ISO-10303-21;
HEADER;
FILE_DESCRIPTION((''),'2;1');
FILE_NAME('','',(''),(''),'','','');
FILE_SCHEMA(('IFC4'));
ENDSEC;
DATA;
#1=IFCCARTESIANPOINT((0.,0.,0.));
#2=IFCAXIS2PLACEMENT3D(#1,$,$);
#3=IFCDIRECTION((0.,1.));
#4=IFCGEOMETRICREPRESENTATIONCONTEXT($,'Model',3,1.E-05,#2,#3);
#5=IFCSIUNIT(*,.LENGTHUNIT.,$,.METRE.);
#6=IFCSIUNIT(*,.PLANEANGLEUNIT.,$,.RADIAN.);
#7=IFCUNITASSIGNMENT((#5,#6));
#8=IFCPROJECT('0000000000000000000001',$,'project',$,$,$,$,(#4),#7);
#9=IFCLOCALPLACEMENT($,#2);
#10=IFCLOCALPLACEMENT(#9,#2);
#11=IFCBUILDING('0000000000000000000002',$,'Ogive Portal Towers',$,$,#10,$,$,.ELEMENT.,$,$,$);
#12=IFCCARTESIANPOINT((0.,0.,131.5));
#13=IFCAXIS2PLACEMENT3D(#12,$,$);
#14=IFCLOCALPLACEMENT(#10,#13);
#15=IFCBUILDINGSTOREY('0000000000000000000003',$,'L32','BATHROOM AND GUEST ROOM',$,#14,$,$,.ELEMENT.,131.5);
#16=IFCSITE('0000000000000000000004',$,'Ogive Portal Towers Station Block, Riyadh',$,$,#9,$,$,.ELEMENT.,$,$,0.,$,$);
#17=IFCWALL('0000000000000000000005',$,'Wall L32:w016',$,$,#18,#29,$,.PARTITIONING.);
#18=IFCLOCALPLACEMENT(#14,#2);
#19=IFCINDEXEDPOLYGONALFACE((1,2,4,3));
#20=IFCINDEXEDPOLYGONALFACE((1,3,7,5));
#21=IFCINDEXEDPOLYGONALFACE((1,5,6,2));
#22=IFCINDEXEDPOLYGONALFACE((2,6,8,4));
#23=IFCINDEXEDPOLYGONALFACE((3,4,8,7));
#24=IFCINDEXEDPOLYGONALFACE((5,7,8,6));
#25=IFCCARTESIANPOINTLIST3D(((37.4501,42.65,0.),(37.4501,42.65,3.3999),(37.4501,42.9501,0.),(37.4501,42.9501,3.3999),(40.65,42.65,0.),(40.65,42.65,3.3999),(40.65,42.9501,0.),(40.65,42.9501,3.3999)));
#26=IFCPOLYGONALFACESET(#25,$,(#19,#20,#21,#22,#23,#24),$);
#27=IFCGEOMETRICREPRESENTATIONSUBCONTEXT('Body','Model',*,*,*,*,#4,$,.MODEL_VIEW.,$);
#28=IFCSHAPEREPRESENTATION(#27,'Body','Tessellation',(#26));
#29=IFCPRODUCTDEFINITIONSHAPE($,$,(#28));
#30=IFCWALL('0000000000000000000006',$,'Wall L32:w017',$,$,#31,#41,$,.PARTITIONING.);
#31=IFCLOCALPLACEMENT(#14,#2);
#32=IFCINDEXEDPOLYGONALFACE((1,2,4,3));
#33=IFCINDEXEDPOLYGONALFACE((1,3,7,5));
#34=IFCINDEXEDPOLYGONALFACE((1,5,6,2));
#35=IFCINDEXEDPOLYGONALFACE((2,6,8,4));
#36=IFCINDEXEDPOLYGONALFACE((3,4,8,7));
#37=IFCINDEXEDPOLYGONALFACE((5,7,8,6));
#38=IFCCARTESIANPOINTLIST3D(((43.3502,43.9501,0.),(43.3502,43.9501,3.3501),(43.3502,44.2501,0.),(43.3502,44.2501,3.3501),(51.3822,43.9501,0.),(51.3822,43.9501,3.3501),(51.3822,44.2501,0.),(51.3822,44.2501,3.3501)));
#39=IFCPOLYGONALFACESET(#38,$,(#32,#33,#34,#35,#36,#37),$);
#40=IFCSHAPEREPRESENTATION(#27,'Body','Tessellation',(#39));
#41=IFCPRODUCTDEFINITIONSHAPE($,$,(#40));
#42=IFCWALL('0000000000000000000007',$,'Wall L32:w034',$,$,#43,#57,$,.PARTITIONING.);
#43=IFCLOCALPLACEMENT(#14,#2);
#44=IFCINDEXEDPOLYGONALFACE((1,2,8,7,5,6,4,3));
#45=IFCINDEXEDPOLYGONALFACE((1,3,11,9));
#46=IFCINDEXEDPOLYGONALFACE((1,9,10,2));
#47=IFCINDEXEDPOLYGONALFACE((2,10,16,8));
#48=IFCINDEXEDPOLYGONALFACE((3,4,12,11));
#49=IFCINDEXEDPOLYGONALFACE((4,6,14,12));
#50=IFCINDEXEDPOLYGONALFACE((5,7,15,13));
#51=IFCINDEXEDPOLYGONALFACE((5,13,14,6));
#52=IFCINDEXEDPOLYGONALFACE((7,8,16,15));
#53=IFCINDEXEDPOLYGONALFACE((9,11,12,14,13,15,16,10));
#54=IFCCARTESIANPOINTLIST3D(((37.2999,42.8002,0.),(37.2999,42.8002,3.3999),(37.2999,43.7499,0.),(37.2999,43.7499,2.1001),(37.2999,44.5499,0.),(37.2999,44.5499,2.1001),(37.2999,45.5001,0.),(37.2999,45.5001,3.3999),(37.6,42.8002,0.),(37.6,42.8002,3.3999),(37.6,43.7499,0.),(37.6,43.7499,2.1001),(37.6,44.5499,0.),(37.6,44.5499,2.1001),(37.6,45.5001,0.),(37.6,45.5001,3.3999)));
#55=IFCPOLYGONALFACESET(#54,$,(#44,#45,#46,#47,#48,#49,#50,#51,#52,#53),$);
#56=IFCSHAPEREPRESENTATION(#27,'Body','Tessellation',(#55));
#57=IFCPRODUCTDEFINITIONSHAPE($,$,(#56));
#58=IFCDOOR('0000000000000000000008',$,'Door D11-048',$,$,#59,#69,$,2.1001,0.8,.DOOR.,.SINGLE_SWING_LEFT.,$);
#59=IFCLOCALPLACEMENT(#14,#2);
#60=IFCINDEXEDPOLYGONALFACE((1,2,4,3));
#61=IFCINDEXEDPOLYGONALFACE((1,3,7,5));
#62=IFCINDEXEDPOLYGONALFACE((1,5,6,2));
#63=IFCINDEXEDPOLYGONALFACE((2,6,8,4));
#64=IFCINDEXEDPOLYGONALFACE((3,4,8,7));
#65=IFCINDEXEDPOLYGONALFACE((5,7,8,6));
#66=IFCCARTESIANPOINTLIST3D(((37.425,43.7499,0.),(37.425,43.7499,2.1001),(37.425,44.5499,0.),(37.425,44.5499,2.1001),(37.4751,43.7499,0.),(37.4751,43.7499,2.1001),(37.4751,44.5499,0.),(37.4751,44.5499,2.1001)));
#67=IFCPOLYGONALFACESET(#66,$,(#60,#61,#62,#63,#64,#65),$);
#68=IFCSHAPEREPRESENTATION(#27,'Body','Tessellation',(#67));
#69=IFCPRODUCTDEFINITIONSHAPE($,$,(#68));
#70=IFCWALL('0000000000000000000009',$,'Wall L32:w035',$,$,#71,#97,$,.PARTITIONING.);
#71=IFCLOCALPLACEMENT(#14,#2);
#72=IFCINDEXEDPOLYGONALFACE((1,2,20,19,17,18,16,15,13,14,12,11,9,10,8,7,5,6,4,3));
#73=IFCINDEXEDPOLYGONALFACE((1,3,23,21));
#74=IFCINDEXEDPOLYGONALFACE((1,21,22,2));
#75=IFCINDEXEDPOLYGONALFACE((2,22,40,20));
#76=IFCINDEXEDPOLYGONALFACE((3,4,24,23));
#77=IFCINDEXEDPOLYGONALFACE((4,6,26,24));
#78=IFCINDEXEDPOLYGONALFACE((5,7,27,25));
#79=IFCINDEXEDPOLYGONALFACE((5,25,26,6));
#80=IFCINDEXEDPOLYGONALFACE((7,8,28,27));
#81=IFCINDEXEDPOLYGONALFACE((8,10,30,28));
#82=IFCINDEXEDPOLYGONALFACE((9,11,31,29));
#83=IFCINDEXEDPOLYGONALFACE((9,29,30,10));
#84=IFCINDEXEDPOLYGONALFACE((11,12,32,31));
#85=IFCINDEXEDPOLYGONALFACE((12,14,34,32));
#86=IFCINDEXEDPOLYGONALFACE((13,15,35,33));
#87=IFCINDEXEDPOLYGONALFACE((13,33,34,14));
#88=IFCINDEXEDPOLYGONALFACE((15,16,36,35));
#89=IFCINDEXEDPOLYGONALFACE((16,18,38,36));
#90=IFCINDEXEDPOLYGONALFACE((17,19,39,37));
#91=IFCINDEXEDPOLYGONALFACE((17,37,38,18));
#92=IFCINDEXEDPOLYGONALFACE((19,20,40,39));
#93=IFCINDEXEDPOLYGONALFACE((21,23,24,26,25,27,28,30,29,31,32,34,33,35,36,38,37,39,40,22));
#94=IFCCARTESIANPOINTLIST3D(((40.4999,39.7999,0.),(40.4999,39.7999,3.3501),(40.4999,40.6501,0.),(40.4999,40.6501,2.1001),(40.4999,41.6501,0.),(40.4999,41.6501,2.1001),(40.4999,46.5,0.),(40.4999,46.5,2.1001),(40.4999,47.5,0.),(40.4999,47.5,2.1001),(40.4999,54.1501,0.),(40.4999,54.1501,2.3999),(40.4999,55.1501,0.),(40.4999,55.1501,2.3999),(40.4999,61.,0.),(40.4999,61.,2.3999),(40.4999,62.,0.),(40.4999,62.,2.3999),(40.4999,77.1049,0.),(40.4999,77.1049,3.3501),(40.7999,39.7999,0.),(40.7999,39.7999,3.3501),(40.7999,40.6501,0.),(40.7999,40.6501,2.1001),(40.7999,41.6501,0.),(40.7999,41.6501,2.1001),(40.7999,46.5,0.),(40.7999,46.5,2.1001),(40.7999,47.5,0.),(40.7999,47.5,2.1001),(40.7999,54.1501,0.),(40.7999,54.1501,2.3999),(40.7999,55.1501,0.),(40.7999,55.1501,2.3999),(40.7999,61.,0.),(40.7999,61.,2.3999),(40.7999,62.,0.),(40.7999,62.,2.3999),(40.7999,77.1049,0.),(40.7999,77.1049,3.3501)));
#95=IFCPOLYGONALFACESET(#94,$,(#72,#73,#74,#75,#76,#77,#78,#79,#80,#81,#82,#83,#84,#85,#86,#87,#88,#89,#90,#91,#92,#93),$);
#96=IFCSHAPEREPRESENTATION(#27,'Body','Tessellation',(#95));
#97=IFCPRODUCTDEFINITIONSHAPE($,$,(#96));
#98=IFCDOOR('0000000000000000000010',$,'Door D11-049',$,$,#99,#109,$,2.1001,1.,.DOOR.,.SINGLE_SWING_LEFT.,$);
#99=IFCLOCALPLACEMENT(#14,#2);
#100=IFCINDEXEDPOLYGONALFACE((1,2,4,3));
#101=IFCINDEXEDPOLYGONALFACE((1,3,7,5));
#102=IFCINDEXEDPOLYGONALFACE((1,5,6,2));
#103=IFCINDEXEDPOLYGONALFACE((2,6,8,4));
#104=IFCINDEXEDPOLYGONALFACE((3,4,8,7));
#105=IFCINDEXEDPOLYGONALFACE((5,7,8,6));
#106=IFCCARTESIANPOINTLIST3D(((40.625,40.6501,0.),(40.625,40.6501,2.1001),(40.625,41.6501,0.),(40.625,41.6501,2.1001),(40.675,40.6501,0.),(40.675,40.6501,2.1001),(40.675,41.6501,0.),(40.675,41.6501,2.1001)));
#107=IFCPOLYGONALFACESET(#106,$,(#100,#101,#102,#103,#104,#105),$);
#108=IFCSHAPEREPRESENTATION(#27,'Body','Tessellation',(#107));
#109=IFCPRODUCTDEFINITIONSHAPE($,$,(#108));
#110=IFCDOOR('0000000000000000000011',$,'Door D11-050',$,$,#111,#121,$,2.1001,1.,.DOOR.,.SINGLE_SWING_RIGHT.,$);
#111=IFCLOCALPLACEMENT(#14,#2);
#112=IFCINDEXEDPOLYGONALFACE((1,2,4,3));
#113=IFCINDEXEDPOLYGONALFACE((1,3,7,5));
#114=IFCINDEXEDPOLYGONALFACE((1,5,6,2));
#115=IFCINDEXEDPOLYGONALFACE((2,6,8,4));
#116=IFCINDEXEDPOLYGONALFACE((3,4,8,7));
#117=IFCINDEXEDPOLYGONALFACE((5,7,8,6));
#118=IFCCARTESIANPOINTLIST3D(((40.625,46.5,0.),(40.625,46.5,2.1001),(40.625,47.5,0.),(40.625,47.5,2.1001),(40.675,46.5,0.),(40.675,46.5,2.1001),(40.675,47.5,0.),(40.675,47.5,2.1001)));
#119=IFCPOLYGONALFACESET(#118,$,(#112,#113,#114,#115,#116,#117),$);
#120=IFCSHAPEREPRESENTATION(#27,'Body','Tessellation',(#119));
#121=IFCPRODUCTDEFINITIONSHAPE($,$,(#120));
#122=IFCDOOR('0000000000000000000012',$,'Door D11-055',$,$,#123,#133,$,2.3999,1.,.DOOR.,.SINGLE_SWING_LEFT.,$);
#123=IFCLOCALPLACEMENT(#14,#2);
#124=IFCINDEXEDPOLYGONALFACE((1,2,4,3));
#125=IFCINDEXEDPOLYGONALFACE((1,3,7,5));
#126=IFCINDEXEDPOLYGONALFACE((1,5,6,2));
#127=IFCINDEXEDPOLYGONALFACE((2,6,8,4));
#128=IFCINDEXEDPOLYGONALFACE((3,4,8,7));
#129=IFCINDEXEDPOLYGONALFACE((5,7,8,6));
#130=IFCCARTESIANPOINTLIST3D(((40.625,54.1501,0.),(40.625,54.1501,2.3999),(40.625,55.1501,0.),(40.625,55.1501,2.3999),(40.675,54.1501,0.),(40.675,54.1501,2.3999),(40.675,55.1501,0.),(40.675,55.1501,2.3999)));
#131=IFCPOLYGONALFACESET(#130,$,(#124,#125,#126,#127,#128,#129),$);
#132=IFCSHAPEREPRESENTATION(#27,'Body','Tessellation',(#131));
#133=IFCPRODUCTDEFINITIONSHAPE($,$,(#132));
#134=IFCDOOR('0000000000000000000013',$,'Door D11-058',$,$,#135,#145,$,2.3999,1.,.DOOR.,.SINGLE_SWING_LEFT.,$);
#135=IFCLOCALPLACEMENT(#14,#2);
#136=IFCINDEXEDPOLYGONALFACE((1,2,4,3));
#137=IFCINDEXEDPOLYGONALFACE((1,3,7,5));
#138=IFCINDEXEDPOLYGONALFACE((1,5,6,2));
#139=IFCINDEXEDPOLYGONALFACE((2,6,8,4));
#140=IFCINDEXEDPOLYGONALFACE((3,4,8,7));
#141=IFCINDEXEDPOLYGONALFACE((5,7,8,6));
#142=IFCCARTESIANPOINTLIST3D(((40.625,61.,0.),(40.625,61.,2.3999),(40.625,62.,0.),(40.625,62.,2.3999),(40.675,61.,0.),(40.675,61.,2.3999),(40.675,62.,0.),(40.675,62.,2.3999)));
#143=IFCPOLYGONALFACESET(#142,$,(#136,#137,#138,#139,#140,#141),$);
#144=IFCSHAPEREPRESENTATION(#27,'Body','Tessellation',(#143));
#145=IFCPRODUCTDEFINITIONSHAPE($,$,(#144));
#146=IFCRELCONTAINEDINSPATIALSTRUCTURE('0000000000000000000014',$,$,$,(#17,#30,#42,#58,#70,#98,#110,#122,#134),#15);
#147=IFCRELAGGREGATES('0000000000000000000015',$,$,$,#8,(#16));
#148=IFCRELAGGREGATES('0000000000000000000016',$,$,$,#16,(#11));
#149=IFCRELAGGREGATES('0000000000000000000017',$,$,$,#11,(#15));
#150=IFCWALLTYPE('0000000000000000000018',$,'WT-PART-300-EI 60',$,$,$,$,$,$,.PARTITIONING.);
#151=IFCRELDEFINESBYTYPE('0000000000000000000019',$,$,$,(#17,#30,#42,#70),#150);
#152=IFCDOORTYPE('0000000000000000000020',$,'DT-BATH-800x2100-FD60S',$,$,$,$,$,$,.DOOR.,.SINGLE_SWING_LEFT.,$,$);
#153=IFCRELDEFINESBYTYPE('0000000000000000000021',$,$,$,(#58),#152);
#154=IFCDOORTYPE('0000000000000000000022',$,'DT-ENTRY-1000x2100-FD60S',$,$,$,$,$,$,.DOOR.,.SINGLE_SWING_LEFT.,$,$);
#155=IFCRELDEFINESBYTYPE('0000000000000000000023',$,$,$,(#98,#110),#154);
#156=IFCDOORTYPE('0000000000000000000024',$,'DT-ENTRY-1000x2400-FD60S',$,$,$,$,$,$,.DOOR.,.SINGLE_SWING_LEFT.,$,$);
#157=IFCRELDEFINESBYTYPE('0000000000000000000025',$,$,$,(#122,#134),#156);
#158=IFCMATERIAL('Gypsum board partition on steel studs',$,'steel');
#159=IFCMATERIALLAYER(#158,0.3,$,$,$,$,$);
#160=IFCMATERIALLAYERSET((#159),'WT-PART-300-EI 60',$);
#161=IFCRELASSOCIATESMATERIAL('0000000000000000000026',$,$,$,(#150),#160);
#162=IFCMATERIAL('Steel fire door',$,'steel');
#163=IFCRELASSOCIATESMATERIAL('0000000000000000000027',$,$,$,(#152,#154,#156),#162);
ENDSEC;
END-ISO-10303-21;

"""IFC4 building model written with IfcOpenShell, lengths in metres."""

from ifc_helpers import new_model, si_unit, direction, frame, frame_2d, origin, place, context, subcontext, project, spatial, rectangle, extrude, material, layer, layer_set, type_object, element, fill, save


model = new_model("IFC4")

# Units and contexts
model_context = context("Model", 3, precision=1e-05, world=origin(), true_north=direction((0.0, 1.0)))
body_context = subcontext(model_context, "Body", "Model", "MODEL_VIEW")
ifc_project = project(units=[si_unit("LENGTHUNIT", "METRE"), si_unit("PLANEANGLEUNIT", "RADIAN")], contexts=[model_context])

# Site, building, storey
site_placement = place(None, origin())
site = spatial("IfcSite", under=ifc_project, at=site_placement, Name="Ogive Portal Towers Station Block, Riyadh", CompositionType="ELEMENT", RefElevation=0.0)
building_placement = place(site_placement, origin())
building = spatial("IfcBuilding", under=site, at=building_placement, Name="Ogive Portal Towers", CompositionType="ELEMENT")
storey_placement = place(building_placement, frame((0.0, 0.0, 131.5)))
storey = spatial("IfcBuildingStorey", under=building, at=storey_placement, Name="L32", Description="BATHROOM AND GUEST ROOM", CompositionType="ELEMENT", Elevation=131.5)

# Walls
ifc_material_1 = material(Name="Gypsum board partition on steel studs", Category="steel")
ifc_layer_1 = layer(ifc_material_1, 0.3)
ifc_layer_set_1 = layer_set([ifc_layer_1], Name="WT-PART-300-EI 60")
wall_type_1 = type_object("IfcWallType", Name="WT-PART-300-EI 60", PredefinedType="PARTITIONING", material=ifc_layer_set_1)
wall_1_placement = place(storey_placement, frame((37.45, 42.8, 0.0), z_axis=(0.0, 0.0, 1.0), x_axis=(1.0, 0.0, 0.0)))
element("IfcWall", 1, at=wall_1_placement, inside=storey, type_object=wall_type_1, Name="Wall L32:w016", PredefinedType="PARTITIONING", context=body_context, shape_type="SweptSolid", body=[
    extrude(rectangle(XDim=3.2, YDim=0.3, at=frame_2d((1.6001, 0.0))), origin(), (0.0, 0.0, 1.0), 3.3999),
])
wall_2_placement = place(storey_placement, frame((43.3501, 44.1001, 0.0), z_axis=(0.0, 0.0, 1.0), x_axis=(1.0, 0.0, 0.0)))
element("IfcWall", 2, at=wall_2_placement, inside=storey, type_object=wall_type_1, Name="Wall L32:w017", PredefinedType="PARTITIONING", context=body_context, shape_type="SweptSolid", body=[
    extrude(rectangle(XDim=8.032, YDim=0.3, at=frame_2d((4.0161, 0.0))), origin(), (0.0, 0.0, 1.0), 3.3501),
])

# Wall, opening, door
wall_3_placement = place(storey_placement, frame((37.45, 42.8, 0.0), z_axis=(0.0, 0.0, 1.0), x_axis=(0.0, 1.0, 0.0)))
wall_3 = element("IfcWall", 3, at=wall_3_placement, inside=storey, type_object=wall_type_1, Name="Wall L32:w034", PredefinedType="PARTITIONING", context=body_context, shape_type="SweptSolid", body=[
    extrude(rectangle(XDim=2.7, YDim=0.3, at=frame_2d((1.3501, 0.0))), origin(), (0.0, 0.0, 1.0), 3.3999),
])
opening_1_placement = place(wall_3_placement, frame((0.95, 0.0, 0.0)))
opening_1 = element("IfcOpeningElement", 4, at=opening_1_placement, cuts=wall_3, PredefinedType="OPENING", context=body_context, shape_type="SweptSolid", body=[
    extrude(rectangle(XDim=0.8, YDim=2.1001, at=frame_2d((0.3999, 1.05))), frame((0.0, 0.1602, 0.0), z_axis=(0.0, -1.0, 0.0), x_axis=(1.0, 0.0, 0.0)), (0.0, 0.0, 1.0), 0.3201),
])
ifc_material_2 = material(Name="Steel fire door", Category="steel")
door_type_1 = type_object("IfcDoorType", Name="DT-BATH-800x2100-FD60S", OperationType="SINGLE_SWING_LEFT", PredefinedType="DOOR", material=ifc_material_2)
door_1_placement = place(opening_1_placement, origin())
door_1 = element("IfcDoor", 5, at=door_1_placement, inside=storey, type_object=door_type_1, Name="Door D11-048", OperationType="SINGLE_SWING_LEFT", OverallHeight=2.1001, OverallWidth=0.8, PredefinedType="DOOR", context=body_context, shape_type="SweptSolid", body=[
    extrude(rectangle(XDim=0.8, YDim=2.1001, at=frame_2d((0.3999, 1.05))), frame((0.0, 0.0249, 0.0), z_axis=(0.0, -1.0, 0.0), x_axis=(1.0, 0.0, 0.0)), (0.0, 0.0, 1.0), 0.05),
])
fill(opening_1, door_1)

# Wall, openings, doors
wall_4_placement = place(storey_placement, frame((40.6499, 39.8, 0.0), z_axis=(0.0, 0.0, 1.0), x_axis=(0.0, 1.0, 0.0)))
wall_4 = element("IfcWall", 6, at=wall_4_placement, inside=storey, type_object=wall_type_1, Name="Wall L32:w035", PredefinedType="PARTITIONING", context=body_context, shape_type="SweptSolid", body=[
    extrude(rectangle(XDim=37.3049, YDim=0.3, at=frame_2d((18.6523, 0.0))), origin(), (0.0, 0.0, 1.0), 3.3501),
])
opening_2_placement = place(wall_4_placement, frame((0.8501, 0.0, 0.0)))
opening_2 = element("IfcOpeningElement", 7, at=opening_2_placement, cuts=wall_4, PredefinedType="OPENING", context=body_context, shape_type="SweptSolid", body=[
    extrude(rectangle(XDim=1.0, YDim=2.1001, at=frame_2d((0.5, 1.05))), frame((0.0, 0.1602, 0.0), z_axis=(0.0, -1.0, 0.0), x_axis=(1.0, 0.0, 0.0)), (0.0, 0.0, 1.0), 0.3201),
])
opening_3_placement = place(wall_4_placement, frame((6.7, 0.0, 0.0)))
opening_3 = element("IfcOpeningElement", 8, at=opening_3_placement, cuts=wall_4, PredefinedType="OPENING", context=body_context, shape_type="SweptSolid", body=[
    extrude(rectangle(XDim=1.0, YDim=2.1001, at=frame_2d((0.5, 1.05))), frame((0.0, 0.1602, 0.0), z_axis=(0.0, -1.0, 0.0), x_axis=(1.0, 0.0, 0.0)), (0.0, 0.0, 1.0), 0.3201),
])
opening_4_placement = place(wall_4_placement, frame((14.3501, 0.0, 0.0)))
opening_4 = element("IfcOpeningElement", 9, at=opening_4_placement, cuts=wall_4, PredefinedType="OPENING", context=body_context, shape_type="SweptSolid", body=[
    extrude(rectangle(XDim=1.0, YDim=2.3999, at=frame_2d((0.5, 1.2))), frame((0.0, 0.1602, 0.0), z_axis=(0.0, -1.0, 0.0), x_axis=(1.0, 0.0, 0.0)), (0.0, 0.0, 1.0), 0.3201),
])
opening_5_placement = place(wall_4_placement, frame((21.2, 0.0, 0.0)))
opening_5 = element("IfcOpeningElement", 10, at=opening_5_placement, cuts=wall_4, PredefinedType="OPENING", context=body_context, shape_type="SweptSolid", body=[
    extrude(rectangle(XDim=1.0, YDim=2.3999, at=frame_2d((0.5, 1.2))), frame((0.0, 0.1602, 0.0), z_axis=(0.0, -1.0, 0.0), x_axis=(1.0, 0.0, 0.0)), (0.0, 0.0, 1.0), 0.3201),
])
door_type_2 = type_object("IfcDoorType", Name="DT-ENTRY-1000x2100-FD60S", OperationType="SINGLE_SWING_LEFT", PredefinedType="DOOR", material=ifc_material_2)
door_2_placement = place(opening_2_placement, origin())
door_2 = element("IfcDoor", 11, at=door_2_placement, inside=storey, type_object=door_type_2, Name="Door D11-049", OperationType="SINGLE_SWING_LEFT", OverallHeight=2.1001, OverallWidth=1.0, PredefinedType="DOOR", context=body_context, shape_type="SweptSolid", body=[
    extrude(rectangle(XDim=1.0, YDim=2.1001, at=frame_2d((0.5, 1.05))), frame((0.0, 0.0249, 0.0), z_axis=(0.0, -1.0, 0.0), x_axis=(1.0, 0.0, 0.0)), (0.0, 0.0, 1.0), 0.05),
])
fill(opening_2, door_2)
door_3_placement = place(opening_3_placement, origin())
door_3 = element("IfcDoor", 12, at=door_3_placement, inside=storey, type_object=door_type_2, Name="Door D11-050", OperationType="SINGLE_SWING_RIGHT", OverallHeight=2.1001, OverallWidth=1.0, PredefinedType="DOOR", context=body_context, shape_type="SweptSolid", body=[
    extrude(rectangle(XDim=1.0, YDim=2.1001, at=frame_2d((0.5, 1.05))), frame((0.0, 0.0249, 0.0), z_axis=(0.0, -1.0, 0.0), x_axis=(1.0, 0.0, 0.0)), (0.0, 0.0, 1.0), 0.05),
])
fill(opening_3, door_3)
door_type_3 = type_object("IfcDoorType", Name="DT-ENTRY-1000x2400-FD60S", OperationType="SINGLE_SWING_LEFT", PredefinedType="DOOR", material=ifc_material_2)
door_4_placement = place(opening_4_placement, origin())
door_4 = element("IfcDoor", 13, at=door_4_placement, inside=storey, type_object=door_type_3, Name="Door D11-055", OperationType="SINGLE_SWING_LEFT", OverallHeight=2.3999, OverallWidth=1.0, PredefinedType="DOOR", context=body_context, shape_type="SweptSolid", body=[
    extrude(rectangle(XDim=1.0, YDim=2.3999, at=frame_2d((0.5, 1.2))), frame((0.0, 0.0249, 0.0), z_axis=(0.0, -1.0, 0.0), x_axis=(1.0, 0.0, 0.0)), (0.0, 0.0, 1.0), 0.05),
])
fill(opening_4, door_4)
door_5_placement = place(opening_5_placement, origin())
door_5 = element("IfcDoor", 14, at=door_5_placement, inside=storey, type_object=door_type_3, Name="Door D11-058", OperationType="SINGLE_SWING_LEFT", OverallHeight=2.3999, OverallWidth=1.0, PredefinedType="DOOR", context=body_context, shape_type="SweptSolid", body=[
    extrude(rectangle(XDim=1.0, YDim=2.3999, at=frame_2d((0.5, 1.2))), frame((0.0, 0.0249, 0.0), z_axis=(0.0, -1.0, 0.0), x_axis=(1.0, 0.0, 0.0)), (0.0, 0.0, 1.0), 0.05),
])
fill(opening_5, door_5)

save(model, "model.ifc")
